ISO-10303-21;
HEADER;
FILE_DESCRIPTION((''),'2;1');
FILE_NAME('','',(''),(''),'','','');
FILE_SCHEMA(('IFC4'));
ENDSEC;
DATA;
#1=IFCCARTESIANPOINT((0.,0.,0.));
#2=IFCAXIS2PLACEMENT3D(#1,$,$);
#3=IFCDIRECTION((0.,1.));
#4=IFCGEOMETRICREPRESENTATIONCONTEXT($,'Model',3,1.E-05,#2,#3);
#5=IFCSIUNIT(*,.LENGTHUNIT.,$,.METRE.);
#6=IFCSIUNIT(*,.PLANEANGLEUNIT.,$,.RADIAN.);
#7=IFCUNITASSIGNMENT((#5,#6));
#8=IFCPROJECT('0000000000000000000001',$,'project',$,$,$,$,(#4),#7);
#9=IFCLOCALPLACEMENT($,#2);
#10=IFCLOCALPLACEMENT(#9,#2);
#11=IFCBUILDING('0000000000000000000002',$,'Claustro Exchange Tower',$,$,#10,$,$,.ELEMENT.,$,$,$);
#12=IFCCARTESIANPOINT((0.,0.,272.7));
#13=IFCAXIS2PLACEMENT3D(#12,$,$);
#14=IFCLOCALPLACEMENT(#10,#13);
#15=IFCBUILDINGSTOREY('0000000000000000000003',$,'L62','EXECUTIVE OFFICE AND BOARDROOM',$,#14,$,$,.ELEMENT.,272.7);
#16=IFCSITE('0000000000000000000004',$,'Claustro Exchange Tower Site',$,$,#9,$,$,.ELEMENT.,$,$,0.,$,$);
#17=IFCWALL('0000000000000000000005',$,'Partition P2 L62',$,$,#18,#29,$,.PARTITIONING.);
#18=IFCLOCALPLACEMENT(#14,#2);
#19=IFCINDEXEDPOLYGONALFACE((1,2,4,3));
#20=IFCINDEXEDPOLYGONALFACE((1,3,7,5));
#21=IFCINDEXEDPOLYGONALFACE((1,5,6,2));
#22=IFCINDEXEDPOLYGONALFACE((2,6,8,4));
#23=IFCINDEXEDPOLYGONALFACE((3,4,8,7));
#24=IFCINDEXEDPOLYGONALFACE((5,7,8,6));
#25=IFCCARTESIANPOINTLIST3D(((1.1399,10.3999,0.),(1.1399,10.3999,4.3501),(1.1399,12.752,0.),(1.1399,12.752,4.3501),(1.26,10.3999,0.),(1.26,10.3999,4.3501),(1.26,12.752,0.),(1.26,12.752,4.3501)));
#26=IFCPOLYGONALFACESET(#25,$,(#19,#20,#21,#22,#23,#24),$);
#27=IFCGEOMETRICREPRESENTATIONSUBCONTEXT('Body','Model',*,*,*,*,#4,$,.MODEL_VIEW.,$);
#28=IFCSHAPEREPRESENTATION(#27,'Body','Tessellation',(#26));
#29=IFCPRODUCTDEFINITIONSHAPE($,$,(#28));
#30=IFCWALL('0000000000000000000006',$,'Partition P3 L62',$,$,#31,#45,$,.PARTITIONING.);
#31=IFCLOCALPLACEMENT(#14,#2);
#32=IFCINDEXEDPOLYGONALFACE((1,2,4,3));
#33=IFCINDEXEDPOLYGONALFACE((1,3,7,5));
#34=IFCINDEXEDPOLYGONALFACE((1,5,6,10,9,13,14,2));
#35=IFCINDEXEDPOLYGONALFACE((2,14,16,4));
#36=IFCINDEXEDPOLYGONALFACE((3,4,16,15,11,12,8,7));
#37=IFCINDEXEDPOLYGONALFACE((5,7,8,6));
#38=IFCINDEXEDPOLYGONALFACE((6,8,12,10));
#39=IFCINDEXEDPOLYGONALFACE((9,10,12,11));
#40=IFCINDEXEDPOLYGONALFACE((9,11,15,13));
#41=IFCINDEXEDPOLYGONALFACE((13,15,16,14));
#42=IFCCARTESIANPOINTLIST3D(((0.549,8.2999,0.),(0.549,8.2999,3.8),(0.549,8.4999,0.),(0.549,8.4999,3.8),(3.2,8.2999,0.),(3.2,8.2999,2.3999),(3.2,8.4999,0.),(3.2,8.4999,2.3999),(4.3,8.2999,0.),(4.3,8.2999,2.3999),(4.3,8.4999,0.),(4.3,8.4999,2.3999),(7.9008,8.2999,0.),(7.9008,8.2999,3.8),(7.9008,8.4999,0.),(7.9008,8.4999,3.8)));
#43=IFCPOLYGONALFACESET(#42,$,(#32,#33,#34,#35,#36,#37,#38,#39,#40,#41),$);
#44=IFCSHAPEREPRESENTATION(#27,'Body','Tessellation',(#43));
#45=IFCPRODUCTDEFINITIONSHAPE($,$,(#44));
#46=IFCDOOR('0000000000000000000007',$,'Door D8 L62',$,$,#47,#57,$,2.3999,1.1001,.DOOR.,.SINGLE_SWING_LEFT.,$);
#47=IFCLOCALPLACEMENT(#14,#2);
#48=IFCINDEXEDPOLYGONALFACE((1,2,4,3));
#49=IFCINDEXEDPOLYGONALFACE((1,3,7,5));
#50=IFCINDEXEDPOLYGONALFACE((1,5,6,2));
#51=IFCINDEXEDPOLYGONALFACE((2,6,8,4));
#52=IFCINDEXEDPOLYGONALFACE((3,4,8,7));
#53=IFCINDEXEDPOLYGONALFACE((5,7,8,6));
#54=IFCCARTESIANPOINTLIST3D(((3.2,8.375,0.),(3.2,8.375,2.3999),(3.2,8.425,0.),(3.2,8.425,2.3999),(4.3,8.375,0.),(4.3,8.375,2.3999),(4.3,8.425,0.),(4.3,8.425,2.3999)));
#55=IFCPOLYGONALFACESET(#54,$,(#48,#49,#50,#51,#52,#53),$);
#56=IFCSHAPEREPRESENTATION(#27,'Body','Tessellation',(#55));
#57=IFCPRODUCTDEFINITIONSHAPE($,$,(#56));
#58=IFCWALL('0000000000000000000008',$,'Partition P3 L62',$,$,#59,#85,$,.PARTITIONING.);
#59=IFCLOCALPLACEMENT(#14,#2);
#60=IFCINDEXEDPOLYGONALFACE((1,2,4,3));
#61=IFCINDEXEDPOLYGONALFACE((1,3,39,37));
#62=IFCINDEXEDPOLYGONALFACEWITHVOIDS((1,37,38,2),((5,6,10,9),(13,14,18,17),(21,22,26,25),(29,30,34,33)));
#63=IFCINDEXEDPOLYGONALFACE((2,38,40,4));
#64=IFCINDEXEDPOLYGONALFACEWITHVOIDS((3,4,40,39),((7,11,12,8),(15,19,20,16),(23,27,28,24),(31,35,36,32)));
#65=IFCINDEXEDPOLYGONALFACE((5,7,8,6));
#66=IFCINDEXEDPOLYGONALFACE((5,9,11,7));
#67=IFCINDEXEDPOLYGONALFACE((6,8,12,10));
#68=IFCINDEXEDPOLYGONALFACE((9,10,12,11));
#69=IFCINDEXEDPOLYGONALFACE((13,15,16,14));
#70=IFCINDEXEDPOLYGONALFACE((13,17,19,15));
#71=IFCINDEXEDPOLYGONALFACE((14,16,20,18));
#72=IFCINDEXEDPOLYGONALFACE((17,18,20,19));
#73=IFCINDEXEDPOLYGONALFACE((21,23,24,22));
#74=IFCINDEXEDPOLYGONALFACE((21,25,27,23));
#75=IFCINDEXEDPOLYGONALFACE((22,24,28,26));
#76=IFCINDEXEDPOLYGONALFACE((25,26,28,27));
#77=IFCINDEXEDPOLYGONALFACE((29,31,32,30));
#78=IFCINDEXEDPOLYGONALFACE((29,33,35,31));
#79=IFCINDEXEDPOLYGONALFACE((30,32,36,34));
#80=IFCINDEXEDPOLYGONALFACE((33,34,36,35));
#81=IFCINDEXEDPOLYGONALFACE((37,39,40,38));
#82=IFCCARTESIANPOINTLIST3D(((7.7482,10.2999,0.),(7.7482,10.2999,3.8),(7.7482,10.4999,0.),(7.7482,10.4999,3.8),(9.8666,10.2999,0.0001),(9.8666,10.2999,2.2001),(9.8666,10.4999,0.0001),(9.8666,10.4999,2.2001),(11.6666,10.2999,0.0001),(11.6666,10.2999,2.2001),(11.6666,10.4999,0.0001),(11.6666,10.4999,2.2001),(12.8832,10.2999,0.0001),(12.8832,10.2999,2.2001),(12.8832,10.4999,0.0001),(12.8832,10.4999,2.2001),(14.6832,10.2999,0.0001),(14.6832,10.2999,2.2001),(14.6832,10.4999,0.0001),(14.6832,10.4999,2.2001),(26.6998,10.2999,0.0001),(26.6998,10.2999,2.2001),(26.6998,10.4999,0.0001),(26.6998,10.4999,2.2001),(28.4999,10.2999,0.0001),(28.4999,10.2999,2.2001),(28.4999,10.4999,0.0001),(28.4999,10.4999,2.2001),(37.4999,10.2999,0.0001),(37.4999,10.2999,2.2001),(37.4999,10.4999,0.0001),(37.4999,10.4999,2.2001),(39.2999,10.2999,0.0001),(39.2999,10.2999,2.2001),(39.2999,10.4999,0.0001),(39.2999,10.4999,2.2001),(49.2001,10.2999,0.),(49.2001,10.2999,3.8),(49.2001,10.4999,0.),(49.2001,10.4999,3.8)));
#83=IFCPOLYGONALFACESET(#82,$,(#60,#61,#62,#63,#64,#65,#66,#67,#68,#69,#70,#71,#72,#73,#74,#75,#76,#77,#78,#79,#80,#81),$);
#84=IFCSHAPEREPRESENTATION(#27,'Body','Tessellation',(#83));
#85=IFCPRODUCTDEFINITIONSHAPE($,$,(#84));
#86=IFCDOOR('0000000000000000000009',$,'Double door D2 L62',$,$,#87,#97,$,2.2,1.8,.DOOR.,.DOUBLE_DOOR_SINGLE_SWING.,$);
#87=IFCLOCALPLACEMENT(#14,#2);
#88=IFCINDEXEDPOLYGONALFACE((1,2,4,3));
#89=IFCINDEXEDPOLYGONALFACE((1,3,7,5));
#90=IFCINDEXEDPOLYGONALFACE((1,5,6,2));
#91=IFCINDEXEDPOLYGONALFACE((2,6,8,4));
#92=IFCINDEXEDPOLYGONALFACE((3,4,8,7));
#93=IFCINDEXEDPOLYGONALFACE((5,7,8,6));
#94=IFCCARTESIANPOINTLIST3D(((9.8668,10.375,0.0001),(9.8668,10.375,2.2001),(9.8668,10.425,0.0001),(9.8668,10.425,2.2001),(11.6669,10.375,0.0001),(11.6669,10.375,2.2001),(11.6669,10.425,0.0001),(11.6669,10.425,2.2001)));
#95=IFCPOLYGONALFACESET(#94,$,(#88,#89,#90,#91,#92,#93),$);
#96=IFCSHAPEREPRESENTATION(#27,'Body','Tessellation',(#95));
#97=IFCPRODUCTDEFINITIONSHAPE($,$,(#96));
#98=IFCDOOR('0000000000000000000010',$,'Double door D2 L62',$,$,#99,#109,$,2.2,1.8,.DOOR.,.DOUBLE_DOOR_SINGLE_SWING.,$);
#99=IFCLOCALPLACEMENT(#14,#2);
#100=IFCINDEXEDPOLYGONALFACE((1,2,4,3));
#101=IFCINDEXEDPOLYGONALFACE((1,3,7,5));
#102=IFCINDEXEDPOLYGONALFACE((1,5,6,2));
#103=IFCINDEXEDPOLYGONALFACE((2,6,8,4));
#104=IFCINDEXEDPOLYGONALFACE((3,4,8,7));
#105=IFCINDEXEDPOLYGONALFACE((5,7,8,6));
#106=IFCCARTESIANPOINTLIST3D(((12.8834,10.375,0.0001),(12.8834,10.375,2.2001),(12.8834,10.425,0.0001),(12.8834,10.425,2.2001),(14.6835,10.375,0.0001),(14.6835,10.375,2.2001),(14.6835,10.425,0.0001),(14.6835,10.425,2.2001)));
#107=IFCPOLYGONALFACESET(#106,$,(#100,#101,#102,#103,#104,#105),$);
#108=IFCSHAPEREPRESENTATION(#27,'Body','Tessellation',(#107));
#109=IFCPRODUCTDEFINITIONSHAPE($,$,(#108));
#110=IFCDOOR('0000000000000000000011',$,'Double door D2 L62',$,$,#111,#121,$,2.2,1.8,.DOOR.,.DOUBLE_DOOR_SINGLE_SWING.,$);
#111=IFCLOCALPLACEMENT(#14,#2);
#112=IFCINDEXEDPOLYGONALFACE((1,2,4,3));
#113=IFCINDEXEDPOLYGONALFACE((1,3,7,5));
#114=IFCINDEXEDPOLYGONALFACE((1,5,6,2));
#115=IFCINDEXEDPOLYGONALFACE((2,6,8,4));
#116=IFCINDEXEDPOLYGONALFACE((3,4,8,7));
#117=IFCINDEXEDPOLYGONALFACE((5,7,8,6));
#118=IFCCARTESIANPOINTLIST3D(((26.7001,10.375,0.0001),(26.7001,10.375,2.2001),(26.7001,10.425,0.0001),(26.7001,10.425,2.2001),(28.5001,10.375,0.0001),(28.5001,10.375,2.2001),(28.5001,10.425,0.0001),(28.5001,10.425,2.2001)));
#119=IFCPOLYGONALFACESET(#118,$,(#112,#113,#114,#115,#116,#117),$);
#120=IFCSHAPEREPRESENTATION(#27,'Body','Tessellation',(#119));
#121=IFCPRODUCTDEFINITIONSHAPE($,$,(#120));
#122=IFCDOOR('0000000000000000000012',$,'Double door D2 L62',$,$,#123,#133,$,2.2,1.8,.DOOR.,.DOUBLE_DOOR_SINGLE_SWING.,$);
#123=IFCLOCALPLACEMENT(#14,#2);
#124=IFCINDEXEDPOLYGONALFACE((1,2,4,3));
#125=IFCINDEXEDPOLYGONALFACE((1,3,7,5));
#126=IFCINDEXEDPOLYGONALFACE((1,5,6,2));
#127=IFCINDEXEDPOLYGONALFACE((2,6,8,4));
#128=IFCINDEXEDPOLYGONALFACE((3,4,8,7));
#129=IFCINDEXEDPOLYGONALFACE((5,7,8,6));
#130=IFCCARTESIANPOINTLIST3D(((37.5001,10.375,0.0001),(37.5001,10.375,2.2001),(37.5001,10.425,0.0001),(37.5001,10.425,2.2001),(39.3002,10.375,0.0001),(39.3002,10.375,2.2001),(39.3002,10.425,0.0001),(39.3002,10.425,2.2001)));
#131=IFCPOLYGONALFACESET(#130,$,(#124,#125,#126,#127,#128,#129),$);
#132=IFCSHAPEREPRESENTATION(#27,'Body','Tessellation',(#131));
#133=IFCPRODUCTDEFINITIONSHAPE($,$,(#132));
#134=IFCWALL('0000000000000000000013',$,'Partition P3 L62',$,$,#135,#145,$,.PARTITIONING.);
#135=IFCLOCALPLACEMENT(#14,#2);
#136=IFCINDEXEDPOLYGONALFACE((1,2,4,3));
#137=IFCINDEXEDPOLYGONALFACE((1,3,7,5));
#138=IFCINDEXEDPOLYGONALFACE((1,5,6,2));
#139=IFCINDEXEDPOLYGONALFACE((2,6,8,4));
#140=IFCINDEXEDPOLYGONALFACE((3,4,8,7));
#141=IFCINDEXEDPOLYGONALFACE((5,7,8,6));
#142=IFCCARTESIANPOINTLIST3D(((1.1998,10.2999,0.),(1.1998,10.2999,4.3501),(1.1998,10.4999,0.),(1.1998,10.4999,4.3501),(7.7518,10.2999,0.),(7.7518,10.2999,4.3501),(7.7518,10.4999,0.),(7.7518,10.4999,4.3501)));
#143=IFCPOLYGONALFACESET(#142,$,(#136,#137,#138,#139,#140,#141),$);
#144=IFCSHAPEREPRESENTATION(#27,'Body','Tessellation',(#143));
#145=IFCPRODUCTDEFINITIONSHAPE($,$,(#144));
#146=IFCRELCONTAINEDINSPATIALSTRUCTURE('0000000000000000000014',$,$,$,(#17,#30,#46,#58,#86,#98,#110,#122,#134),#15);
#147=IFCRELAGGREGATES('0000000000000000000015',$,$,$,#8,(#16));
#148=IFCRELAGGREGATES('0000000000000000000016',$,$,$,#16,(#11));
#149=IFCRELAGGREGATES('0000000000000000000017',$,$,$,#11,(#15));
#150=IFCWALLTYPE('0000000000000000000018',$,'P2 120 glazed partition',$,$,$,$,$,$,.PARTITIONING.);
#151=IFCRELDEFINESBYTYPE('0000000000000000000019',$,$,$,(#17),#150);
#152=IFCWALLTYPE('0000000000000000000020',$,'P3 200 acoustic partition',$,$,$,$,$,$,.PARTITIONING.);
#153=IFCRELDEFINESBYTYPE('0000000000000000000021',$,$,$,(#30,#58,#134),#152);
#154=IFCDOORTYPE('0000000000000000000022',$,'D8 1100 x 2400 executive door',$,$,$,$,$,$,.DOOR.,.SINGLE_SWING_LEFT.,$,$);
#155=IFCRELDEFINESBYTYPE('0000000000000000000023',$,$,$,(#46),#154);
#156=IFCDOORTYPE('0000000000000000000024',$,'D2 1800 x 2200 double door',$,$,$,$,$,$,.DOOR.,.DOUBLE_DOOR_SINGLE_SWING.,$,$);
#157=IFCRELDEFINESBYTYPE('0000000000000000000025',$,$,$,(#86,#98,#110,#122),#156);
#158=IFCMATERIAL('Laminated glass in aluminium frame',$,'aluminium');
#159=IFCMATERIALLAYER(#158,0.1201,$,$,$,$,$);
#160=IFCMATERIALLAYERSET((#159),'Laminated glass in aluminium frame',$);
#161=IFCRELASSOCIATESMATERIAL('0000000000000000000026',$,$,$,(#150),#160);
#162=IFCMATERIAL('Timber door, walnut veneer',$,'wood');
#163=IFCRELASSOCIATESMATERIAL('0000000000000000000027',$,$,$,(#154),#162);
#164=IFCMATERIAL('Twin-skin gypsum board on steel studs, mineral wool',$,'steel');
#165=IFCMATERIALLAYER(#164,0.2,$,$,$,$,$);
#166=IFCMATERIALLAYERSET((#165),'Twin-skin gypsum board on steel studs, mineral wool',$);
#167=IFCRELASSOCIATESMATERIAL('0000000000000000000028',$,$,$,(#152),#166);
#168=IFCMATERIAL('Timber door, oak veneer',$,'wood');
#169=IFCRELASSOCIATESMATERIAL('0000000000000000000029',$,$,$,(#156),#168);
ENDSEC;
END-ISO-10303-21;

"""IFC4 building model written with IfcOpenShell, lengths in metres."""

from ifc_helpers import new_model, si_unit, direction, frame, frame_2d, origin, place, context, subcontext, project, spatial, rectangle, extrude, material, layer, layer_set, type_object, element, fill, save


model = new_model("IFC4")

# Units and contexts
model_context = context("Model", 3, precision=1e-05, world=origin(), true_north=direction((0.0, 1.0)))
body_context = subcontext(model_context, "Body", "Model", "MODEL_VIEW")
ifc_project = project(units=[si_unit("LENGTHUNIT", "METRE"), si_unit("PLANEANGLEUNIT", "RADIAN")], contexts=[model_context])

# Site, building, storey
site_placement = place(None, origin())
site = spatial("IfcSite", under=ifc_project, at=site_placement, Name="Claustro Exchange Tower Site", CompositionType="ELEMENT", RefElevation=0.0)
building_placement = place(site_placement, origin())
building = spatial("IfcBuilding", under=site, at=building_placement, Name="Claustro Exchange Tower", CompositionType="ELEMENT")
storey_placement = place(building_placement, frame((0.0, 0.0, 272.7)))
storey = spatial("IfcBuildingStorey", under=building, at=storey_placement, Name="L62", Description="EXECUTIVE OFFICE AND BOARDROOM", CompositionType="ELEMENT", Elevation=272.7)

# Shared definitions
ifc_material_1 = material(Name="Laminated glass in aluminium frame", Category="aluminium")
ifc_layer_1 = layer(ifc_material_1, 0.1201)
ifc_layer_set_1 = layer_set([ifc_layer_1], Name="Laminated glass in aluminium frame")
wall_type_1 = type_object("IfcWallType", Name="P2 120 glazed partition", PredefinedType="PARTITIONING", material=ifc_layer_set_1)
ifc_material_2 = material(Name="Timber door, walnut veneer", Category="wood")
door_type_1 = type_object("IfcDoorType", Name="D8 1100 x 2400 executive door", OperationType="SINGLE_SWING_LEFT", PredefinedType="DOOR", material=ifc_material_2)

# Wall
wall_1_placement = place(storey_placement, frame((1.2, 10.3999, 0.0), z_axis=(0.0, 0.0, 1.0), x_axis=(0.0, 1.0, 0.0)))
element("IfcWall", 1, at=wall_1_placement, inside=storey, type_object=wall_type_1, Name="Partition P2 L62", PredefinedType="PARTITIONING", context=body_context, shape_type="SweptSolid", body=[
    extrude(rectangle(XDim=2.3521, YDim=0.1201, at=frame_2d((1.176, 0.0))), origin(), (0.0, 0.0, 1.0), 4.3501),
])

# Wall, opening, door
ifc_material_3 = material(Name="Twin-skin gypsum board on steel studs, mineral wool", Category="steel")
ifc_layer_2 = layer(ifc_material_3, 0.2)
ifc_layer_set_2 = layer_set([ifc_layer_2], Name="Twin-skin gypsum board on steel studs, mineral wool")
wall_type_2 = type_object("IfcWallType", Name="P3 200 acoustic partition", PredefinedType="PARTITIONING", material=ifc_layer_set_2)
wall_2_placement = place(storey_placement, frame((0.5491, 8.3999, 0.0), z_axis=(0.0, 0.0, 1.0), x_axis=(1.0, 0.0, 0.0)))
wall_2 = element("IfcWall", 2, at=wall_2_placement, inside=storey, type_object=wall_type_2, Name="Partition P3 L62", PredefinedType="PARTITIONING", context=body_context, shape_type="SweptSolid", body=[
    extrude(rectangle(XDim=7.3518, YDim=0.2, at=frame_2d((3.6758, 0.0))), origin(), (0.0, 0.0, 1.0), 3.8),
])
opening_1_placement = place(wall_2_placement, frame((2.6509, 0.0, 0.0)))
opening_1 = element("IfcOpeningElement", 3, at=opening_1_placement, cuts=wall_2, PredefinedType="OPENING", context=body_context, shape_type="SweptSolid", body=[
    extrude(rectangle(XDim=1.1001, YDim=2.3999, at=frame_2d((0.55, 1.2))), frame((0.0, 0.1099, 0.0), z_axis=(0.0, -1.0, 0.0), x_axis=(1.0, 0.0, 0.0)), (0.0, 0.0, 1.0), 0.22),
])
door_1_placement = place(opening_1_placement, frame((1.1001, 0.0, 0.0), z_axis=(0.0, 0.0, 1.0), x_axis=(-1.0, 0.0, 0.0)))
door_1 = element("IfcDoor", 4, at=door_1_placement, inside=storey, type_object=door_type_1, Name="Door D8 L62", OperationType="SINGLE_SWING_LEFT", OverallHeight=2.3999, OverallWidth=1.1001, PredefinedType="DOOR", context=body_context, shape_type="SweptSolid", body=[
    extrude(rectangle(XDim=1.1001, YDim=2.3999, at=frame_2d((0.55, 1.2))), frame((0.0, 0.0249, 0.0), z_axis=(0.0, -1.0, 0.0), x_axis=(1.0, 0.0, 0.0)), (0.0, 0.0, 1.0), 0.05),
])
fill(opening_1, door_1)

# Wall, openings, doors
wall_3_placement = place(storey_placement, frame((7.748, 10.3999, 0.0), z_axis=(0.0, 0.0, 1.0), x_axis=(1.0, 0.0, 0.0)))
wall_3 = element("IfcWall", 5, at=wall_3_placement, inside=storey, type_object=wall_type_2, Name="Partition P3 L62", PredefinedType="PARTITIONING", context=body_context, shape_type="SweptSolid", body=[
    extrude(rectangle(XDim=41.4519, YDim=0.2, at=frame_2d((20.7261, 0.0))), origin(), (0.0, 0.0, 1.0), 3.8),
])
opening_2_placement = place(wall_3_placement, frame((2.1187, 0.0, 0.0)))
opening_2 = element("IfcOpeningElement", 6, at=opening_2_placement, cuts=wall_3, PredefinedType="OPENING", context=body_context, shape_type="SweptSolid", body=[
    extrude(rectangle(XDim=1.8, YDim=2.2, at=frame_2d((0.8999, 1.1001))), frame((0.0, 0.1099, 0.0), z_axis=(0.0, -1.0, 0.0), x_axis=(1.0, 0.0, 0.0)), (0.0, 0.0, 1.0), 0.22),
])
opening_3_placement = place(wall_3_placement, frame((5.1353, 0.0, 0.0)))
opening_3 = element("IfcOpeningElement", 7, at=opening_3_placement, cuts=wall_3, PredefinedType="OPENING", context=body_context, shape_type="SweptSolid", body=[
    extrude(rectangle(XDim=1.8, YDim=2.2, at=frame_2d((0.8999, 1.1001))), frame((0.0, 0.1099, 0.0), z_axis=(0.0, -1.0, 0.0), x_axis=(1.0, 0.0, 0.0)), (0.0, 0.0, 1.0), 0.22),
])
opening_4_placement = place(wall_3_placement, frame((18.9519, 0.0, 0.0)))
opening_4 = element("IfcOpeningElement", 8, at=opening_4_placement, cuts=wall_3, PredefinedType="OPENING", context=body_context, shape_type="SweptSolid", body=[
    extrude(rectangle(XDim=1.8, YDim=2.2, at=frame_2d((0.8999, 1.1001))), frame((0.0, 0.1099, 0.0), z_axis=(0.0, -1.0, 0.0), x_axis=(1.0, 0.0, 0.0)), (0.0, 0.0, 1.0), 0.22),
])
opening_5_placement = place(wall_3_placement, frame((29.752, 0.0, 0.0)))
opening_5 = element("IfcOpeningElement", 9, at=opening_5_placement, cuts=wall_3, PredefinedType="OPENING", context=body_context, shape_type="SweptSolid", body=[
    extrude(rectangle(XDim=1.8, YDim=2.2, at=frame_2d((0.8999, 1.1001))), frame((0.0, 0.1099, 0.0), z_axis=(0.0, -1.0, 0.0), x_axis=(1.0, 0.0, 0.0)), (0.0, 0.0, 1.0), 0.22),
])
ifc_material_4 = material(Name="Timber door, oak veneer", Category="wood")
door_type_2 = type_object("IfcDoorType", Name="D2 1800 x 2200 double door", OperationType="DOUBLE_DOOR_SINGLE_SWING", PredefinedType="DOOR", material=ifc_material_4)
door_2_placement = place(opening_2_placement, frame((1.8, 0.0, 0.0), z_axis=(0.0, 0.0, 1.0), x_axis=(-1.0, 0.0, 0.0)))
door_2 = element("IfcDoor", 10, at=door_2_placement, inside=storey, type_object=door_type_2, Name="Double door D2 L62", OperationType="DOUBLE_DOOR_SINGLE_SWING", OverallHeight=2.2, OverallWidth=1.8, PredefinedType="DOOR", context=body_context, shape_type="SweptSolid", body=[
    extrude(rectangle(XDim=1.8, YDim=2.2, at=frame_2d((0.8999, 1.1001))), frame((0.0, 0.0249, 0.0), z_axis=(0.0, -1.0, 0.0), x_axis=(1.0, 0.0, 0.0)), (0.0, 0.0, 1.0), 0.05),
])
fill(opening_2, door_2)
door_3_placement = place(opening_3_placement, frame((1.8, 0.0, 0.0), z_axis=(0.0, 0.0, 1.0), x_axis=(-1.0, 0.0, 0.0)))
door_3 = element("IfcDoor", 11, at=door_3_placement, inside=storey, type_object=door_type_2, Name="Double door D2 L62", OperationType="DOUBLE_DOOR_SINGLE_SWING", OverallHeight=2.2, OverallWidth=1.8, PredefinedType="DOOR", context=body_context, shape_type="SweptSolid", body=[
    extrude(rectangle(XDim=1.8, YDim=2.2, at=frame_2d((0.8999, 1.1001))), frame((0.0, 0.0249, 0.0), z_axis=(0.0, -1.0, 0.0), x_axis=(1.0, 0.0, 0.0)), (0.0, 0.0, 1.0), 0.05),
])
fill(opening_3, door_3)
door_4_placement = place(opening_4_placement, frame((1.8, 0.0, 0.0), z_axis=(0.0, 0.0, 1.0), x_axis=(-1.0, 0.0, 0.0)))
door_4 = element("IfcDoor", 12, at=door_4_placement, inside=storey, type_object=door_type_2, Name="Double door D2 L62", OperationType="DOUBLE_DOOR_SINGLE_SWING", OverallHeight=2.2, OverallWidth=1.8, PredefinedType="DOOR", context=body_context, shape_type="SweptSolid", body=[
    extrude(rectangle(XDim=1.8, YDim=2.2, at=frame_2d((0.8999, 1.1001))), frame((0.0, 0.0249, 0.0), z_axis=(0.0, -1.0, 0.0), x_axis=(1.0, 0.0, 0.0)), (0.0, 0.0, 1.0), 0.05),
])
fill(opening_4, door_4)
door_5_placement = place(opening_5_placement, frame((1.8, 0.0, 0.0), z_axis=(0.0, 0.0, 1.0), x_axis=(-1.0, 0.0, 0.0)))
door_5 = element("IfcDoor", 13, at=door_5_placement, inside=storey, type_object=door_type_2, Name="Double door D2 L62", OperationType="DOUBLE_DOOR_SINGLE_SWING", OverallHeight=2.2, OverallWidth=1.8, PredefinedType="DOOR", context=body_context, shape_type="SweptSolid", body=[
    extrude(rectangle(XDim=1.8, YDim=2.2, at=frame_2d((0.8999, 1.1001))), frame((0.0, 0.0249, 0.0), z_axis=(0.0, -1.0, 0.0), x_axis=(1.0, 0.0, 0.0)), (0.0, 0.0, 1.0), 0.05),
])
fill(opening_5, door_5)

# Wall
wall_4_placement = place(storey_placement, frame((1.2, 10.3999, 0.0), z_axis=(0.0, 0.0, 1.0), x_axis=(1.0, 0.0, 0.0)))
element("IfcWall", 14, at=wall_4_placement, inside=storey, type_object=wall_type_2, Name="Partition P3 L62", PredefinedType="PARTITIONING", context=body_context, shape_type="SweptSolid", body=[
    extrude(rectangle(XDim=6.552, YDim=0.2, at=frame_2d((3.2759, 0.0))), origin(), (0.0, 0.0, 1.0), 4.3501),
])

save(model, "model.ifc")
